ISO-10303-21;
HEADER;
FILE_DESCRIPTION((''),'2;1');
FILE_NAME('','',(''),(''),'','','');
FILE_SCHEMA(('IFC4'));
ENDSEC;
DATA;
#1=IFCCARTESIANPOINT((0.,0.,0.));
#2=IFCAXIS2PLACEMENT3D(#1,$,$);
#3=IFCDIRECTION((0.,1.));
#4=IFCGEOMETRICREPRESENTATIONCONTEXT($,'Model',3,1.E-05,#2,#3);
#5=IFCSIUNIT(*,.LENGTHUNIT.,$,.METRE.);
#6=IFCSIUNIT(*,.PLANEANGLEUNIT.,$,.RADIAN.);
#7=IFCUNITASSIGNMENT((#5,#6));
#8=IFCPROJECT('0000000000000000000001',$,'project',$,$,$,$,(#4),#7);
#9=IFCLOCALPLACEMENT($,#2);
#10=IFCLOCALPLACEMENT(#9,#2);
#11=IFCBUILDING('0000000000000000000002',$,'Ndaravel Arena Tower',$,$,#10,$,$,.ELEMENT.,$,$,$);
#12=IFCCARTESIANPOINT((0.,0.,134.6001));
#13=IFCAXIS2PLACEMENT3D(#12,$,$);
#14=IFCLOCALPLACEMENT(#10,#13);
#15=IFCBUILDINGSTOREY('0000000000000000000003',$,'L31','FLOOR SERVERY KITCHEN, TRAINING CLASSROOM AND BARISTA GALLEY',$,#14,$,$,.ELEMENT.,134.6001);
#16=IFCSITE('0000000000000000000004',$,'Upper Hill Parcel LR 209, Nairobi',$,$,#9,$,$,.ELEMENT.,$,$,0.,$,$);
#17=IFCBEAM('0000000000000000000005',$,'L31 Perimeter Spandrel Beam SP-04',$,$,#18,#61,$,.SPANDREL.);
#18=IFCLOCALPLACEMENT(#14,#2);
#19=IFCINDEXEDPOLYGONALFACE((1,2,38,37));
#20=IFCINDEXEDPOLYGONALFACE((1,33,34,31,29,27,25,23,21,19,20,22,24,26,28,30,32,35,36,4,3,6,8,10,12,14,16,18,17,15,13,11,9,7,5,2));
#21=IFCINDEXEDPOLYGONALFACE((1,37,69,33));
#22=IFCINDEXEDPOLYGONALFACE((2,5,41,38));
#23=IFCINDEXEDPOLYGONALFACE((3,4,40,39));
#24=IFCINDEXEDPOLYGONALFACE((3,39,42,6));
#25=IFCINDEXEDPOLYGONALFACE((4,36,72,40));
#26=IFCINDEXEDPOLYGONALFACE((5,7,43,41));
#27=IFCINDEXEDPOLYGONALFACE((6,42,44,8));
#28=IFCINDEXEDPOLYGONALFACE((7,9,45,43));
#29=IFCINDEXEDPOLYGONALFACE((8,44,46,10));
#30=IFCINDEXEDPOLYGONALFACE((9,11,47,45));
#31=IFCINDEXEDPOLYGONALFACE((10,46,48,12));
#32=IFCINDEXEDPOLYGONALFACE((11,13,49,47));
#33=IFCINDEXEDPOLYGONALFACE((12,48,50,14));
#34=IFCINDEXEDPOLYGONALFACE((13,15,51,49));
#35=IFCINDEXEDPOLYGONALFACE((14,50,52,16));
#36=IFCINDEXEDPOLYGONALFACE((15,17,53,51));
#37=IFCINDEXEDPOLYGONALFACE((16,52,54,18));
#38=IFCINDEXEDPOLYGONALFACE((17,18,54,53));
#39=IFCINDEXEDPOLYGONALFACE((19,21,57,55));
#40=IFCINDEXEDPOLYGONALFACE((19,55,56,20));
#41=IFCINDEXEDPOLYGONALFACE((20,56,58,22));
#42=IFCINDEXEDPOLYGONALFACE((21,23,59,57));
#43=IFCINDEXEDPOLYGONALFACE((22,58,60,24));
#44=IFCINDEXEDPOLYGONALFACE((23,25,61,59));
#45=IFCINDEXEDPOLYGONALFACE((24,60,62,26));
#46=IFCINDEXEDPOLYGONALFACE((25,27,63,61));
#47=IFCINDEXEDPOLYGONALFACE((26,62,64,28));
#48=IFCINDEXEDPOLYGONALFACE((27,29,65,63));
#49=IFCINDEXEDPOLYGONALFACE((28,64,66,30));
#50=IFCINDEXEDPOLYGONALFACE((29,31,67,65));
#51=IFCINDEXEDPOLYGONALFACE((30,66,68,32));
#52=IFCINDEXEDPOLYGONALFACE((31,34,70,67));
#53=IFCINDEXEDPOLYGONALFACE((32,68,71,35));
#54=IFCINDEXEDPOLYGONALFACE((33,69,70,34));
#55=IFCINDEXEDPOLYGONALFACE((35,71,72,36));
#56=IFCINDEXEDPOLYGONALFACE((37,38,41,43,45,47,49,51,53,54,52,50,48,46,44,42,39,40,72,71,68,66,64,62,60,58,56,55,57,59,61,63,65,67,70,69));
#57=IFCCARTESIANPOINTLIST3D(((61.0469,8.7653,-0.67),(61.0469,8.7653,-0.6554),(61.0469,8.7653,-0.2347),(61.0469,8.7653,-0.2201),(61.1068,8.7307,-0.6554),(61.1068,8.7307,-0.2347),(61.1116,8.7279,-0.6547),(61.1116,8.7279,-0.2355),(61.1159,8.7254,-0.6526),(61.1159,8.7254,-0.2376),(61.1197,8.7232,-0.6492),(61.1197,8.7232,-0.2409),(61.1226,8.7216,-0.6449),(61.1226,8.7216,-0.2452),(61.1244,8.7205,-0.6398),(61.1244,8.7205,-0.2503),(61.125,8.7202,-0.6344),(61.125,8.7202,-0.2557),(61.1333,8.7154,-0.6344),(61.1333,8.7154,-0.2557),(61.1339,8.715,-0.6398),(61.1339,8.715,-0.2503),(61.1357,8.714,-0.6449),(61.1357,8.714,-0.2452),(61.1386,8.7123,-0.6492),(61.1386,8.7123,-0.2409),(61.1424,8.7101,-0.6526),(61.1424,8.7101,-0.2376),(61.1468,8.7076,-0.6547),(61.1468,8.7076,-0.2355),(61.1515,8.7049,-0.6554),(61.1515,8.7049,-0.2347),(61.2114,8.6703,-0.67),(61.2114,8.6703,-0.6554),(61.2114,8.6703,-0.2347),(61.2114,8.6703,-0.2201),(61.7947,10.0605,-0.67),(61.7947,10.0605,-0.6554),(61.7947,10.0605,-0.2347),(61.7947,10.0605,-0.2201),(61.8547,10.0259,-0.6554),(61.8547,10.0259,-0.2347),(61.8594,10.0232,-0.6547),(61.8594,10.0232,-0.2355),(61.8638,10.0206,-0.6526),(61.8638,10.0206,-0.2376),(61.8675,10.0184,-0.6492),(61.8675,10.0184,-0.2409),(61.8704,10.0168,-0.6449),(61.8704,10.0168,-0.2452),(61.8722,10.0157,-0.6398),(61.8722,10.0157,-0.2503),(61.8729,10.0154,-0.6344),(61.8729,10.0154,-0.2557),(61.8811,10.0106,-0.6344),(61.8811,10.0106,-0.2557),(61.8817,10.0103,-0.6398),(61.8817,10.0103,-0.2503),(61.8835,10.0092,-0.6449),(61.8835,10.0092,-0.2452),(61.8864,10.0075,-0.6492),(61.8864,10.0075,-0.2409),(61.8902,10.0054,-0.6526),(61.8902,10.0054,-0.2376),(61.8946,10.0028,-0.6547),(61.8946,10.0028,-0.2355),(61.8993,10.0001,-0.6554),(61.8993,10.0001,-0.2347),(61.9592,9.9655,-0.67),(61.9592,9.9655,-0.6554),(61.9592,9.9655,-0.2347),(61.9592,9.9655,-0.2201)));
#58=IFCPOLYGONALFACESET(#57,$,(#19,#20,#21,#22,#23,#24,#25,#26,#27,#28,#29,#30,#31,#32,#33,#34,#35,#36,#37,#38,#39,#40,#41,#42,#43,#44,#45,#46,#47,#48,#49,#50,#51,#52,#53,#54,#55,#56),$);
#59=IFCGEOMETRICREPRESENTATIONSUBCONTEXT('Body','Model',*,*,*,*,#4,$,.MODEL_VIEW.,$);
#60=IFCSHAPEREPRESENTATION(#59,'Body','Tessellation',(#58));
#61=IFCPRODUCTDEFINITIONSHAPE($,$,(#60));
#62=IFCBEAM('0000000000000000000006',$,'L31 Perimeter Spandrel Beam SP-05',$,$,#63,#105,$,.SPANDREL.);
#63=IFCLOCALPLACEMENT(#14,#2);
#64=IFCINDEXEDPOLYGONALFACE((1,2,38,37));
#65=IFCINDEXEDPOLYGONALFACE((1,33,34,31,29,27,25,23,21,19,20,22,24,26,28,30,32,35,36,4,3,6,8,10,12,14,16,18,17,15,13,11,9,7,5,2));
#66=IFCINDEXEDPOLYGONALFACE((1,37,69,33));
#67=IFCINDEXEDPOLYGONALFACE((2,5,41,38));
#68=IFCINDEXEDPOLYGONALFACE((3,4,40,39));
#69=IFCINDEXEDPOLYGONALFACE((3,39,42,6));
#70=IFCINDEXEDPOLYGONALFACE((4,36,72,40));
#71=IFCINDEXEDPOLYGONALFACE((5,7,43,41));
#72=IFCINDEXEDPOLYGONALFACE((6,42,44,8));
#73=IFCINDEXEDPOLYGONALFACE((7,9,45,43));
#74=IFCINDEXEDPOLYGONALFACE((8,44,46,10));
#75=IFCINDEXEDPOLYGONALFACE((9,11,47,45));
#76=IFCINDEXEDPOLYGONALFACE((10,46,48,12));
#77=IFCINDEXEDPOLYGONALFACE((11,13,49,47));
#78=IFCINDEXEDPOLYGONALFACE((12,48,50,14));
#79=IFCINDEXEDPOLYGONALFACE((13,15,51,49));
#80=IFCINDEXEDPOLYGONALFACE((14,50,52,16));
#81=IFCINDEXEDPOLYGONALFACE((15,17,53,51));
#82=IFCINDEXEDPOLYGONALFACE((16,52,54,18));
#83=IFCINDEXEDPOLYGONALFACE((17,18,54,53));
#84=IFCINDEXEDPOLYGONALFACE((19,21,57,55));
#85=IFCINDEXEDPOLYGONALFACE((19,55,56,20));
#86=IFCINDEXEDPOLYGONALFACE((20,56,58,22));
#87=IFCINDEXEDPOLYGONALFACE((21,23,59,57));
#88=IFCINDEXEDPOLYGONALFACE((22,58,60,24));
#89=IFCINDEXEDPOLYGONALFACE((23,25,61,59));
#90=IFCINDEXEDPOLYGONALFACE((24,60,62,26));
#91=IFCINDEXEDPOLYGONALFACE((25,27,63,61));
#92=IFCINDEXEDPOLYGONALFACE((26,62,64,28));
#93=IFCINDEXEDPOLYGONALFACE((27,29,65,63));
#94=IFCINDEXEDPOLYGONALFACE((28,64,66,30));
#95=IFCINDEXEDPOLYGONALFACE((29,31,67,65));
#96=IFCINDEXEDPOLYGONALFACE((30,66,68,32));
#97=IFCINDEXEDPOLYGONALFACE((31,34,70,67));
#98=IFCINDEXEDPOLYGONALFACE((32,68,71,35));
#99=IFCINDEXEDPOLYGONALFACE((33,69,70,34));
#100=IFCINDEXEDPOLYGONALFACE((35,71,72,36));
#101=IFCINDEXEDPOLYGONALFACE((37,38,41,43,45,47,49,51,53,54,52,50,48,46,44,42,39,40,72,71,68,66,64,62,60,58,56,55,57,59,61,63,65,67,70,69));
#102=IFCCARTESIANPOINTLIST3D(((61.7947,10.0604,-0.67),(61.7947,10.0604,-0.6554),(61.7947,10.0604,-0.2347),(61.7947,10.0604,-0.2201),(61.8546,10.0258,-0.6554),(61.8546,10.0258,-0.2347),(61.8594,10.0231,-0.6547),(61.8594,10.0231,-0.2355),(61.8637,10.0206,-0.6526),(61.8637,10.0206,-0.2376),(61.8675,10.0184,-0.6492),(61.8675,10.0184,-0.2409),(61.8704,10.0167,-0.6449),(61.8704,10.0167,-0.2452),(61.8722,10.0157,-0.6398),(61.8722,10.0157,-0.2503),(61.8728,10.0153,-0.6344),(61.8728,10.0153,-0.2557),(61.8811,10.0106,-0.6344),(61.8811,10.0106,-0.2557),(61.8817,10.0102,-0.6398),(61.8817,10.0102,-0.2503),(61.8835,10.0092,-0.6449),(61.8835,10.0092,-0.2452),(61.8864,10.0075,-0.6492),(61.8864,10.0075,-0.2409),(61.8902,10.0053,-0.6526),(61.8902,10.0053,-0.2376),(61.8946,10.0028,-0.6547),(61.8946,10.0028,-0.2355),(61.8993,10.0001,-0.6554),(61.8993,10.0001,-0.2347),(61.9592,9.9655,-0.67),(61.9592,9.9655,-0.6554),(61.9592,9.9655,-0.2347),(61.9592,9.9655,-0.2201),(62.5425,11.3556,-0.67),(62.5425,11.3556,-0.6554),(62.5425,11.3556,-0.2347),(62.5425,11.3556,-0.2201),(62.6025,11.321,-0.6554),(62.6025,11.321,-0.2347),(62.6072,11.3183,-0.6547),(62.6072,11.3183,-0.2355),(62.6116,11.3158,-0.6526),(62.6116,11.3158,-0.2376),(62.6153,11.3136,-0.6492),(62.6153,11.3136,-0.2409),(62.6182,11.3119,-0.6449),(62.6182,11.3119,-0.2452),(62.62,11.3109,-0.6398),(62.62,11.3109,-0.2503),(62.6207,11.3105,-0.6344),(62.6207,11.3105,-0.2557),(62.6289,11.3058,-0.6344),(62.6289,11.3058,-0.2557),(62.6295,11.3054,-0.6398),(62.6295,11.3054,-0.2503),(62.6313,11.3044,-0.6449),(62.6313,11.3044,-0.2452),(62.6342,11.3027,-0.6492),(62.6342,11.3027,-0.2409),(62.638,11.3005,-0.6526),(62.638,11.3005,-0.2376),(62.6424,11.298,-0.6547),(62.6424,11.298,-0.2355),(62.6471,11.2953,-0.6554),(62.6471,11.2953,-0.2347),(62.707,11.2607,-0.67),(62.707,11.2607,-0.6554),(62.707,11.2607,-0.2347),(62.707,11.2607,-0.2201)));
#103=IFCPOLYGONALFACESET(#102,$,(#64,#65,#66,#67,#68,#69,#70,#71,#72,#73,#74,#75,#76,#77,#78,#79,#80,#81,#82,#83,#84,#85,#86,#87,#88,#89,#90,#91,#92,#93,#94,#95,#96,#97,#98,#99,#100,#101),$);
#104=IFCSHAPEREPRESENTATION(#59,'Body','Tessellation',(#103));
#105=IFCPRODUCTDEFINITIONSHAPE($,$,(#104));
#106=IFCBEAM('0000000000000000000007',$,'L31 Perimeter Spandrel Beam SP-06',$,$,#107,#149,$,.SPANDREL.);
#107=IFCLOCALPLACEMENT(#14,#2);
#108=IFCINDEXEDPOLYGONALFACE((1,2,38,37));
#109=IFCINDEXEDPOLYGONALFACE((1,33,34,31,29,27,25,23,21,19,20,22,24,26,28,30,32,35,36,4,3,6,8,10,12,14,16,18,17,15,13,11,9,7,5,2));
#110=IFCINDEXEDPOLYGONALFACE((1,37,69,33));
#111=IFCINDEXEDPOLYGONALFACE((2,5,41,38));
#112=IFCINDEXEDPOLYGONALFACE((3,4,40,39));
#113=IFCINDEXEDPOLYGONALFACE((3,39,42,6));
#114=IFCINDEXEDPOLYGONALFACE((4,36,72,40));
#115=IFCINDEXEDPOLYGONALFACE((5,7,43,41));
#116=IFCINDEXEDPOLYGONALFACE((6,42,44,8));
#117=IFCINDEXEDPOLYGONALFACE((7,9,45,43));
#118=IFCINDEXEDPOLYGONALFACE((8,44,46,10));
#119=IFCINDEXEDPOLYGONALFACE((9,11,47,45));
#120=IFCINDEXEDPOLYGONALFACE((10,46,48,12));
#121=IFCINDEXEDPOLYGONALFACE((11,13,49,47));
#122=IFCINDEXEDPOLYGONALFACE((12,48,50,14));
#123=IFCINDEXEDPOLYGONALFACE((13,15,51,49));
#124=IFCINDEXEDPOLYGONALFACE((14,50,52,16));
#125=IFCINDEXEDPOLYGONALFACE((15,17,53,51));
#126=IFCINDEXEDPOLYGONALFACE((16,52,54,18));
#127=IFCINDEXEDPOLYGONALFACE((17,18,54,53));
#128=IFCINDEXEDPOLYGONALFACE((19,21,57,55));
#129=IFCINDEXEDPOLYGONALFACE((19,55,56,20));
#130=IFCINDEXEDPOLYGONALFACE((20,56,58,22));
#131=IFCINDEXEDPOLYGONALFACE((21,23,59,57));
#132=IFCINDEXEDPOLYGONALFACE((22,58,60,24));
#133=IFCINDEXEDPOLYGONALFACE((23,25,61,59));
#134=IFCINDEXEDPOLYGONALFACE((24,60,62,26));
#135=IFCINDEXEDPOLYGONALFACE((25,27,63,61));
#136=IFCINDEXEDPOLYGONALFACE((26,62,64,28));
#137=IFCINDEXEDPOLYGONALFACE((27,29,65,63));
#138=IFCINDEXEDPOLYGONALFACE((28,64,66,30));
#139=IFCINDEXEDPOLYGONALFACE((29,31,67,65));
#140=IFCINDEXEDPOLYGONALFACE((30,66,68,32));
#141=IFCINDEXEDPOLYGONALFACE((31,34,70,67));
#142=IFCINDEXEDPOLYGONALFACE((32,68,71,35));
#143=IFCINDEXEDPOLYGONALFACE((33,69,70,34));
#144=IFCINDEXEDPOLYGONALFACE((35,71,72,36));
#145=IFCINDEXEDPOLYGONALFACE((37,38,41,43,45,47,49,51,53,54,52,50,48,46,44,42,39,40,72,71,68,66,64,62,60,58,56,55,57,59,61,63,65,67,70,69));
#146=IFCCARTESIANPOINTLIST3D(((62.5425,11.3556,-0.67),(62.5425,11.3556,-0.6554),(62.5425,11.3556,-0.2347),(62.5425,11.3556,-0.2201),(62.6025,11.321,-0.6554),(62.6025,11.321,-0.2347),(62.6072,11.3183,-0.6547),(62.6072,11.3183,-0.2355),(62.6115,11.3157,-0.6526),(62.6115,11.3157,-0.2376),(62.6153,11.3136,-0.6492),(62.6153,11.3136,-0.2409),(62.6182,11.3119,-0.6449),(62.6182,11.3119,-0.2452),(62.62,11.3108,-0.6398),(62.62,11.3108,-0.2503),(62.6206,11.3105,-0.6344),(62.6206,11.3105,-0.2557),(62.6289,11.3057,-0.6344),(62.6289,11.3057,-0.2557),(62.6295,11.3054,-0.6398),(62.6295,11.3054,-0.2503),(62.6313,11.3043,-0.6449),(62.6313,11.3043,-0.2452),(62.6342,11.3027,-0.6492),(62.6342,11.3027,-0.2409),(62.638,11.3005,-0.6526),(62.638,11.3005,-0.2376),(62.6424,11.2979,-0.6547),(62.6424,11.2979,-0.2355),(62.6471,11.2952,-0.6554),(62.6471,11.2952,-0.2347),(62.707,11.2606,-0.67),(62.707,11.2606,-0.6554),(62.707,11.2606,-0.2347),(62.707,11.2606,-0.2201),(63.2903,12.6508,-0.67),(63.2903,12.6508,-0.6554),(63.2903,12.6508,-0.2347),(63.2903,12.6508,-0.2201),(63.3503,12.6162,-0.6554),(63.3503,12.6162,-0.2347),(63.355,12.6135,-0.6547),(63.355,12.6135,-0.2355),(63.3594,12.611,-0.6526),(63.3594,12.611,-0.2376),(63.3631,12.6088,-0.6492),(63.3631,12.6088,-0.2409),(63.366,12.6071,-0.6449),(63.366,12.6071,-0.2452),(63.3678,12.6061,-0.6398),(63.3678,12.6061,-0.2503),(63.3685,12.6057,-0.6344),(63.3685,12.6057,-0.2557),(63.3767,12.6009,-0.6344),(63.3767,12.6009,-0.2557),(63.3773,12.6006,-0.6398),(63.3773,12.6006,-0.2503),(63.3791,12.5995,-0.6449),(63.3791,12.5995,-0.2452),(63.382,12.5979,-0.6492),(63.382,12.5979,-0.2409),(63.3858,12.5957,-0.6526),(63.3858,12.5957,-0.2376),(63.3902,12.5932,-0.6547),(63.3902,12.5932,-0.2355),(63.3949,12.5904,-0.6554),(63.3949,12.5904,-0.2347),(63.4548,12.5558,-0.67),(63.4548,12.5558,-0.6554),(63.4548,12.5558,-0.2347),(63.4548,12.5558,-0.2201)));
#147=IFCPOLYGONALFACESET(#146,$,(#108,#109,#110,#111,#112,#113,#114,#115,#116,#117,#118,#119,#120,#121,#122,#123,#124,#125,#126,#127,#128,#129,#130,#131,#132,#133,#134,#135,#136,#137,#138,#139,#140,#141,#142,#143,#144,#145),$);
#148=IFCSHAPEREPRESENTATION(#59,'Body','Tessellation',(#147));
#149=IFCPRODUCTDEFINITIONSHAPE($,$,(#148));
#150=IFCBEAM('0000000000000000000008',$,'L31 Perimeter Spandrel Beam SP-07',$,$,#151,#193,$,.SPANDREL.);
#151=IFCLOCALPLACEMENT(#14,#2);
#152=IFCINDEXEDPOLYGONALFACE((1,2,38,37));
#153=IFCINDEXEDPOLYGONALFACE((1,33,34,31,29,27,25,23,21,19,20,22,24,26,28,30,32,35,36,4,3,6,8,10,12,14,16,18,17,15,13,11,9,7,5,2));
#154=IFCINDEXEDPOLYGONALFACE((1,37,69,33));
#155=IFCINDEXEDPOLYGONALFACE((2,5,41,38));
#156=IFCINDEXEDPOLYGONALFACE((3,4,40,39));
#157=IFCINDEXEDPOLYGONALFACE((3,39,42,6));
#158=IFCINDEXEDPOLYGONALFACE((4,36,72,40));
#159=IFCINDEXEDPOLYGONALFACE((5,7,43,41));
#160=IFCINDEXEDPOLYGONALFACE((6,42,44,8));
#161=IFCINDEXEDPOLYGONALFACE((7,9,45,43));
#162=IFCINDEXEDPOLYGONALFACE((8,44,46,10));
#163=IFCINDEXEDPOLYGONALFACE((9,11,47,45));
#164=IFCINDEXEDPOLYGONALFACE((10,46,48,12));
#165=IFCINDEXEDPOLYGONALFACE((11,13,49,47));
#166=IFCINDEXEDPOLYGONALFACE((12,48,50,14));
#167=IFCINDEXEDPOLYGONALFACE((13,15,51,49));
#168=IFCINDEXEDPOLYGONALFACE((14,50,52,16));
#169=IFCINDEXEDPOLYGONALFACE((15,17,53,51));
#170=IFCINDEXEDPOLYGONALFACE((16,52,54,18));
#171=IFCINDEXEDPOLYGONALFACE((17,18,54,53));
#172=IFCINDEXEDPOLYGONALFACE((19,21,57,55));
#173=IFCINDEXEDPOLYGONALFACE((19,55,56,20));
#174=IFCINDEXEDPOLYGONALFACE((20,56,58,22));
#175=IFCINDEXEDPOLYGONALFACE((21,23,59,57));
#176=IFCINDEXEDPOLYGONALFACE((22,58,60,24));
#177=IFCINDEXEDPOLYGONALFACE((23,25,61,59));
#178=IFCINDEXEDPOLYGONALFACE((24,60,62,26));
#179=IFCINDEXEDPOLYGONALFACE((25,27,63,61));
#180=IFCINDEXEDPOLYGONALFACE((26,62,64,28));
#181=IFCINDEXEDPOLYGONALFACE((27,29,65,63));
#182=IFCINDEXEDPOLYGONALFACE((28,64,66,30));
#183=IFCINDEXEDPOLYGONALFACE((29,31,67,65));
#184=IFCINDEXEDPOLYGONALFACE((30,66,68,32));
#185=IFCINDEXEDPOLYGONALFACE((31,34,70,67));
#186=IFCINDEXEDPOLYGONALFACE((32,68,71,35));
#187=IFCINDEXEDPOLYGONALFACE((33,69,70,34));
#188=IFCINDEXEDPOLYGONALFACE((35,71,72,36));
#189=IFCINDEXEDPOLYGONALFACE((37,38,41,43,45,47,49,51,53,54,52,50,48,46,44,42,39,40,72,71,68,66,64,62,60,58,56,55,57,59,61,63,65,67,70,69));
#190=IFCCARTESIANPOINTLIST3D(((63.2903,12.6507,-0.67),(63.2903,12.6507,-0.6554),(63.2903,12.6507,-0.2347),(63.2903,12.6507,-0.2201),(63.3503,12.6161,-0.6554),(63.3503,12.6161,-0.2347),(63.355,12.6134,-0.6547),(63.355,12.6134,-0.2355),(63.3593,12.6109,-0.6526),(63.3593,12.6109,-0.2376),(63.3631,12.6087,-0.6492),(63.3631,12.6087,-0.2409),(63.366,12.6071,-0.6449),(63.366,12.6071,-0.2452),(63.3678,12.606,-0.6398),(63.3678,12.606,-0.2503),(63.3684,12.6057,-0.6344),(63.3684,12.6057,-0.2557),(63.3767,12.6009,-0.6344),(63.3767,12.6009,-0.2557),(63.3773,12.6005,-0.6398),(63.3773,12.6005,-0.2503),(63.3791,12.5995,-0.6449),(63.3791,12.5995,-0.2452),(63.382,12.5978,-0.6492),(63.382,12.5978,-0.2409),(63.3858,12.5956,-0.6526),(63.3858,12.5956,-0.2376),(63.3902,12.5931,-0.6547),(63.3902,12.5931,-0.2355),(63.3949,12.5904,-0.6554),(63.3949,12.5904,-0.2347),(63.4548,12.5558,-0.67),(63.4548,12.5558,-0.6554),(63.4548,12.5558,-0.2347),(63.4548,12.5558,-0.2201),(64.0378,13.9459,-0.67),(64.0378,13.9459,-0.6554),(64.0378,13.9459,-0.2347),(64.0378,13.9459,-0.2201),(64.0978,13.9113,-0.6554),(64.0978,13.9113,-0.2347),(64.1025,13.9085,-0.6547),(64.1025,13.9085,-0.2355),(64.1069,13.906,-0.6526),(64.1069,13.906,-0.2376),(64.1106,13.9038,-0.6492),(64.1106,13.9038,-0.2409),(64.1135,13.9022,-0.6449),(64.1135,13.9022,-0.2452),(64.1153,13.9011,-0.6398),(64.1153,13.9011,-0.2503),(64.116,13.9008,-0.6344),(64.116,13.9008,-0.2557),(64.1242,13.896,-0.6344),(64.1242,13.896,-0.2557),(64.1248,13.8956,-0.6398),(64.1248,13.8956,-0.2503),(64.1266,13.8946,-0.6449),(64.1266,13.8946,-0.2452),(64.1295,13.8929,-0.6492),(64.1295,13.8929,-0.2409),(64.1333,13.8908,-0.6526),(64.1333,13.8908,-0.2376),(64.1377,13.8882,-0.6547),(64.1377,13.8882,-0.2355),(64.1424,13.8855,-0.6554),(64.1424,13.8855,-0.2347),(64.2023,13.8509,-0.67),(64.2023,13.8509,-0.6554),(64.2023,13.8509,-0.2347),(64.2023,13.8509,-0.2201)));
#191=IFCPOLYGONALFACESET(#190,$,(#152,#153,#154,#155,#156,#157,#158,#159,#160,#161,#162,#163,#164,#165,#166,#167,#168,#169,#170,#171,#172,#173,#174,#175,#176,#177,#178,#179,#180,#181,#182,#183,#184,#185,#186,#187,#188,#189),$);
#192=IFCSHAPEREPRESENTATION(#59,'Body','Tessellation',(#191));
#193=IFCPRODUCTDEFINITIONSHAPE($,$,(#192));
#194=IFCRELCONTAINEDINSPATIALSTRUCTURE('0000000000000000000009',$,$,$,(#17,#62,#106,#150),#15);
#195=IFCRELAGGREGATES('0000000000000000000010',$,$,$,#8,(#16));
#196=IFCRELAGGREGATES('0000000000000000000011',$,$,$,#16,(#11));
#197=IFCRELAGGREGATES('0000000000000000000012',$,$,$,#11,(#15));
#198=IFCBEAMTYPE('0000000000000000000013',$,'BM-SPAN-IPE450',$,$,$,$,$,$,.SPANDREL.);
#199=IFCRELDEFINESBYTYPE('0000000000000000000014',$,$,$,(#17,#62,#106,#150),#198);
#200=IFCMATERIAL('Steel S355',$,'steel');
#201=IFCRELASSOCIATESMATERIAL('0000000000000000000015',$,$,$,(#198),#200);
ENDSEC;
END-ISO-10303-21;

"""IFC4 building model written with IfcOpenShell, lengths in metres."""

from ifc_helpers import new_model, si_unit, direction, frame, origin, origin_2d, place, context, subcontext, project, spatial, i_section, extrude, material, material_profile, profile_set, type_object, element, save


model = new_model("IFC4")

# Units and contexts
model_context = context("Model", 3, precision=1e-05, world=origin(), true_north=direction((0.0, 1.0)))
body_context = subcontext(model_context, "Body", "Model", "MODEL_VIEW")
ifc_project = project(units=[si_unit("LENGTHUNIT", "METRE"), si_unit("PLANEANGLEUNIT", "RADIAN")], contexts=[model_context])

# Site, building, storey
site_placement = place(None, origin())
site = spatial("IfcSite", under=ifc_project, at=site_placement, Name="Upper Hill Parcel LR 209, Nairobi", CompositionType="ELEMENT", RefElevation=0.0)
building_placement = place(site_placement, origin())
building = spatial("IfcBuilding", under=site, at=building_placement, Name="Ndaravel Arena Tower", CompositionType="ELEMENT")
storey_placement = place(building_placement, frame((0.0, 0.0, 134.6001)))
storey = spatial("IfcBuildingStorey", under=building, at=storey_placement, Name="L31", Description="FLOOR SERVERY KITCHEN, TRAINING CLASSROOM AND BARISTA GALLEY", CompositionType="ELEMENT", Elevation=134.6001)

# Beams
ifc_material_1 = material(Name="Steel S355", Category="steel")
ifc_material_profile_1 = material_profile(ifc_material_1, i_section(OverallWidth=0.1899, OverallDepth=0.45, WebThickness=0.0095, FlangeThickness=0.0146, FilletRadius=0.021, at=origin_2d()), Name="IPE 450")
ifc_profile_set_1 = profile_set([ifc_material_profile_1], Name="Steel S355")
beam_type = type_object("IfcBeamType", Name="BM-SPAN-IPE450", PredefinedType="SPANDREL", material=ifc_profile_set_1)
for number, where, z_axis, x_axis, name in (
    (1, (61.1292, 8.7178, -0.4451), (0.500019, 0.866014, 0.0), (-0.866014, 0.500019, 0.0), "L31 Perimeter Spandrel Beam SP-04"),
    (2, (61.877, 10.0129, -0.4451), (0.500019, 0.866014, 0.0), (-0.866014, 0.500019, 0.0), "L31 Perimeter Spandrel Beam SP-05"),
    (3, (62.6248, 11.3081, -0.4451), (0.500019, 0.866014, 0.0), (-0.866014, 0.500019, 0.0), "L31 Perimeter Spandrel Beam SP-06"),
):
    element("IfcBeam", number, at=place(storey_placement, frame(where, z_axis=z_axis, x_axis=x_axis)), inside=storey, type_object=beam_type, Name=name, PredefinedType="SPANDREL", context=body_context, shape_type="SweptSolid", body=[
        extrude(i_section(OverallWidth=0.1899, OverallDepth=0.45, WebThickness=0.0095, FlangeThickness=0.0146, FilletRadius=0.021, at=origin_2d()), origin(), (0.0, 0.0, 1.0), 1.4956),
    ])
beam_placement = place(storey_placement, frame((63.3726, 12.6033, -0.4451), z_axis=(0.499897, 0.866085, 0.0), x_axis=(-0.866085, 0.499897, 0.0)))
element("IfcBeam", 4, at=beam_placement, inside=storey, type_object=beam_type, Name="L31 Perimeter Spandrel Beam SP-07", PredefinedType="SPANDREL", context=body_context, shape_type="SweptSolid", body=[
    extrude(i_section(OverallWidth=0.1899, OverallDepth=0.45, WebThickness=0.0095, FlangeThickness=0.0146, FilletRadius=0.021, at=origin_2d()), origin(), (0.0, 0.0, 1.0), 1.4954),
])

save(model, "model.ifc")
